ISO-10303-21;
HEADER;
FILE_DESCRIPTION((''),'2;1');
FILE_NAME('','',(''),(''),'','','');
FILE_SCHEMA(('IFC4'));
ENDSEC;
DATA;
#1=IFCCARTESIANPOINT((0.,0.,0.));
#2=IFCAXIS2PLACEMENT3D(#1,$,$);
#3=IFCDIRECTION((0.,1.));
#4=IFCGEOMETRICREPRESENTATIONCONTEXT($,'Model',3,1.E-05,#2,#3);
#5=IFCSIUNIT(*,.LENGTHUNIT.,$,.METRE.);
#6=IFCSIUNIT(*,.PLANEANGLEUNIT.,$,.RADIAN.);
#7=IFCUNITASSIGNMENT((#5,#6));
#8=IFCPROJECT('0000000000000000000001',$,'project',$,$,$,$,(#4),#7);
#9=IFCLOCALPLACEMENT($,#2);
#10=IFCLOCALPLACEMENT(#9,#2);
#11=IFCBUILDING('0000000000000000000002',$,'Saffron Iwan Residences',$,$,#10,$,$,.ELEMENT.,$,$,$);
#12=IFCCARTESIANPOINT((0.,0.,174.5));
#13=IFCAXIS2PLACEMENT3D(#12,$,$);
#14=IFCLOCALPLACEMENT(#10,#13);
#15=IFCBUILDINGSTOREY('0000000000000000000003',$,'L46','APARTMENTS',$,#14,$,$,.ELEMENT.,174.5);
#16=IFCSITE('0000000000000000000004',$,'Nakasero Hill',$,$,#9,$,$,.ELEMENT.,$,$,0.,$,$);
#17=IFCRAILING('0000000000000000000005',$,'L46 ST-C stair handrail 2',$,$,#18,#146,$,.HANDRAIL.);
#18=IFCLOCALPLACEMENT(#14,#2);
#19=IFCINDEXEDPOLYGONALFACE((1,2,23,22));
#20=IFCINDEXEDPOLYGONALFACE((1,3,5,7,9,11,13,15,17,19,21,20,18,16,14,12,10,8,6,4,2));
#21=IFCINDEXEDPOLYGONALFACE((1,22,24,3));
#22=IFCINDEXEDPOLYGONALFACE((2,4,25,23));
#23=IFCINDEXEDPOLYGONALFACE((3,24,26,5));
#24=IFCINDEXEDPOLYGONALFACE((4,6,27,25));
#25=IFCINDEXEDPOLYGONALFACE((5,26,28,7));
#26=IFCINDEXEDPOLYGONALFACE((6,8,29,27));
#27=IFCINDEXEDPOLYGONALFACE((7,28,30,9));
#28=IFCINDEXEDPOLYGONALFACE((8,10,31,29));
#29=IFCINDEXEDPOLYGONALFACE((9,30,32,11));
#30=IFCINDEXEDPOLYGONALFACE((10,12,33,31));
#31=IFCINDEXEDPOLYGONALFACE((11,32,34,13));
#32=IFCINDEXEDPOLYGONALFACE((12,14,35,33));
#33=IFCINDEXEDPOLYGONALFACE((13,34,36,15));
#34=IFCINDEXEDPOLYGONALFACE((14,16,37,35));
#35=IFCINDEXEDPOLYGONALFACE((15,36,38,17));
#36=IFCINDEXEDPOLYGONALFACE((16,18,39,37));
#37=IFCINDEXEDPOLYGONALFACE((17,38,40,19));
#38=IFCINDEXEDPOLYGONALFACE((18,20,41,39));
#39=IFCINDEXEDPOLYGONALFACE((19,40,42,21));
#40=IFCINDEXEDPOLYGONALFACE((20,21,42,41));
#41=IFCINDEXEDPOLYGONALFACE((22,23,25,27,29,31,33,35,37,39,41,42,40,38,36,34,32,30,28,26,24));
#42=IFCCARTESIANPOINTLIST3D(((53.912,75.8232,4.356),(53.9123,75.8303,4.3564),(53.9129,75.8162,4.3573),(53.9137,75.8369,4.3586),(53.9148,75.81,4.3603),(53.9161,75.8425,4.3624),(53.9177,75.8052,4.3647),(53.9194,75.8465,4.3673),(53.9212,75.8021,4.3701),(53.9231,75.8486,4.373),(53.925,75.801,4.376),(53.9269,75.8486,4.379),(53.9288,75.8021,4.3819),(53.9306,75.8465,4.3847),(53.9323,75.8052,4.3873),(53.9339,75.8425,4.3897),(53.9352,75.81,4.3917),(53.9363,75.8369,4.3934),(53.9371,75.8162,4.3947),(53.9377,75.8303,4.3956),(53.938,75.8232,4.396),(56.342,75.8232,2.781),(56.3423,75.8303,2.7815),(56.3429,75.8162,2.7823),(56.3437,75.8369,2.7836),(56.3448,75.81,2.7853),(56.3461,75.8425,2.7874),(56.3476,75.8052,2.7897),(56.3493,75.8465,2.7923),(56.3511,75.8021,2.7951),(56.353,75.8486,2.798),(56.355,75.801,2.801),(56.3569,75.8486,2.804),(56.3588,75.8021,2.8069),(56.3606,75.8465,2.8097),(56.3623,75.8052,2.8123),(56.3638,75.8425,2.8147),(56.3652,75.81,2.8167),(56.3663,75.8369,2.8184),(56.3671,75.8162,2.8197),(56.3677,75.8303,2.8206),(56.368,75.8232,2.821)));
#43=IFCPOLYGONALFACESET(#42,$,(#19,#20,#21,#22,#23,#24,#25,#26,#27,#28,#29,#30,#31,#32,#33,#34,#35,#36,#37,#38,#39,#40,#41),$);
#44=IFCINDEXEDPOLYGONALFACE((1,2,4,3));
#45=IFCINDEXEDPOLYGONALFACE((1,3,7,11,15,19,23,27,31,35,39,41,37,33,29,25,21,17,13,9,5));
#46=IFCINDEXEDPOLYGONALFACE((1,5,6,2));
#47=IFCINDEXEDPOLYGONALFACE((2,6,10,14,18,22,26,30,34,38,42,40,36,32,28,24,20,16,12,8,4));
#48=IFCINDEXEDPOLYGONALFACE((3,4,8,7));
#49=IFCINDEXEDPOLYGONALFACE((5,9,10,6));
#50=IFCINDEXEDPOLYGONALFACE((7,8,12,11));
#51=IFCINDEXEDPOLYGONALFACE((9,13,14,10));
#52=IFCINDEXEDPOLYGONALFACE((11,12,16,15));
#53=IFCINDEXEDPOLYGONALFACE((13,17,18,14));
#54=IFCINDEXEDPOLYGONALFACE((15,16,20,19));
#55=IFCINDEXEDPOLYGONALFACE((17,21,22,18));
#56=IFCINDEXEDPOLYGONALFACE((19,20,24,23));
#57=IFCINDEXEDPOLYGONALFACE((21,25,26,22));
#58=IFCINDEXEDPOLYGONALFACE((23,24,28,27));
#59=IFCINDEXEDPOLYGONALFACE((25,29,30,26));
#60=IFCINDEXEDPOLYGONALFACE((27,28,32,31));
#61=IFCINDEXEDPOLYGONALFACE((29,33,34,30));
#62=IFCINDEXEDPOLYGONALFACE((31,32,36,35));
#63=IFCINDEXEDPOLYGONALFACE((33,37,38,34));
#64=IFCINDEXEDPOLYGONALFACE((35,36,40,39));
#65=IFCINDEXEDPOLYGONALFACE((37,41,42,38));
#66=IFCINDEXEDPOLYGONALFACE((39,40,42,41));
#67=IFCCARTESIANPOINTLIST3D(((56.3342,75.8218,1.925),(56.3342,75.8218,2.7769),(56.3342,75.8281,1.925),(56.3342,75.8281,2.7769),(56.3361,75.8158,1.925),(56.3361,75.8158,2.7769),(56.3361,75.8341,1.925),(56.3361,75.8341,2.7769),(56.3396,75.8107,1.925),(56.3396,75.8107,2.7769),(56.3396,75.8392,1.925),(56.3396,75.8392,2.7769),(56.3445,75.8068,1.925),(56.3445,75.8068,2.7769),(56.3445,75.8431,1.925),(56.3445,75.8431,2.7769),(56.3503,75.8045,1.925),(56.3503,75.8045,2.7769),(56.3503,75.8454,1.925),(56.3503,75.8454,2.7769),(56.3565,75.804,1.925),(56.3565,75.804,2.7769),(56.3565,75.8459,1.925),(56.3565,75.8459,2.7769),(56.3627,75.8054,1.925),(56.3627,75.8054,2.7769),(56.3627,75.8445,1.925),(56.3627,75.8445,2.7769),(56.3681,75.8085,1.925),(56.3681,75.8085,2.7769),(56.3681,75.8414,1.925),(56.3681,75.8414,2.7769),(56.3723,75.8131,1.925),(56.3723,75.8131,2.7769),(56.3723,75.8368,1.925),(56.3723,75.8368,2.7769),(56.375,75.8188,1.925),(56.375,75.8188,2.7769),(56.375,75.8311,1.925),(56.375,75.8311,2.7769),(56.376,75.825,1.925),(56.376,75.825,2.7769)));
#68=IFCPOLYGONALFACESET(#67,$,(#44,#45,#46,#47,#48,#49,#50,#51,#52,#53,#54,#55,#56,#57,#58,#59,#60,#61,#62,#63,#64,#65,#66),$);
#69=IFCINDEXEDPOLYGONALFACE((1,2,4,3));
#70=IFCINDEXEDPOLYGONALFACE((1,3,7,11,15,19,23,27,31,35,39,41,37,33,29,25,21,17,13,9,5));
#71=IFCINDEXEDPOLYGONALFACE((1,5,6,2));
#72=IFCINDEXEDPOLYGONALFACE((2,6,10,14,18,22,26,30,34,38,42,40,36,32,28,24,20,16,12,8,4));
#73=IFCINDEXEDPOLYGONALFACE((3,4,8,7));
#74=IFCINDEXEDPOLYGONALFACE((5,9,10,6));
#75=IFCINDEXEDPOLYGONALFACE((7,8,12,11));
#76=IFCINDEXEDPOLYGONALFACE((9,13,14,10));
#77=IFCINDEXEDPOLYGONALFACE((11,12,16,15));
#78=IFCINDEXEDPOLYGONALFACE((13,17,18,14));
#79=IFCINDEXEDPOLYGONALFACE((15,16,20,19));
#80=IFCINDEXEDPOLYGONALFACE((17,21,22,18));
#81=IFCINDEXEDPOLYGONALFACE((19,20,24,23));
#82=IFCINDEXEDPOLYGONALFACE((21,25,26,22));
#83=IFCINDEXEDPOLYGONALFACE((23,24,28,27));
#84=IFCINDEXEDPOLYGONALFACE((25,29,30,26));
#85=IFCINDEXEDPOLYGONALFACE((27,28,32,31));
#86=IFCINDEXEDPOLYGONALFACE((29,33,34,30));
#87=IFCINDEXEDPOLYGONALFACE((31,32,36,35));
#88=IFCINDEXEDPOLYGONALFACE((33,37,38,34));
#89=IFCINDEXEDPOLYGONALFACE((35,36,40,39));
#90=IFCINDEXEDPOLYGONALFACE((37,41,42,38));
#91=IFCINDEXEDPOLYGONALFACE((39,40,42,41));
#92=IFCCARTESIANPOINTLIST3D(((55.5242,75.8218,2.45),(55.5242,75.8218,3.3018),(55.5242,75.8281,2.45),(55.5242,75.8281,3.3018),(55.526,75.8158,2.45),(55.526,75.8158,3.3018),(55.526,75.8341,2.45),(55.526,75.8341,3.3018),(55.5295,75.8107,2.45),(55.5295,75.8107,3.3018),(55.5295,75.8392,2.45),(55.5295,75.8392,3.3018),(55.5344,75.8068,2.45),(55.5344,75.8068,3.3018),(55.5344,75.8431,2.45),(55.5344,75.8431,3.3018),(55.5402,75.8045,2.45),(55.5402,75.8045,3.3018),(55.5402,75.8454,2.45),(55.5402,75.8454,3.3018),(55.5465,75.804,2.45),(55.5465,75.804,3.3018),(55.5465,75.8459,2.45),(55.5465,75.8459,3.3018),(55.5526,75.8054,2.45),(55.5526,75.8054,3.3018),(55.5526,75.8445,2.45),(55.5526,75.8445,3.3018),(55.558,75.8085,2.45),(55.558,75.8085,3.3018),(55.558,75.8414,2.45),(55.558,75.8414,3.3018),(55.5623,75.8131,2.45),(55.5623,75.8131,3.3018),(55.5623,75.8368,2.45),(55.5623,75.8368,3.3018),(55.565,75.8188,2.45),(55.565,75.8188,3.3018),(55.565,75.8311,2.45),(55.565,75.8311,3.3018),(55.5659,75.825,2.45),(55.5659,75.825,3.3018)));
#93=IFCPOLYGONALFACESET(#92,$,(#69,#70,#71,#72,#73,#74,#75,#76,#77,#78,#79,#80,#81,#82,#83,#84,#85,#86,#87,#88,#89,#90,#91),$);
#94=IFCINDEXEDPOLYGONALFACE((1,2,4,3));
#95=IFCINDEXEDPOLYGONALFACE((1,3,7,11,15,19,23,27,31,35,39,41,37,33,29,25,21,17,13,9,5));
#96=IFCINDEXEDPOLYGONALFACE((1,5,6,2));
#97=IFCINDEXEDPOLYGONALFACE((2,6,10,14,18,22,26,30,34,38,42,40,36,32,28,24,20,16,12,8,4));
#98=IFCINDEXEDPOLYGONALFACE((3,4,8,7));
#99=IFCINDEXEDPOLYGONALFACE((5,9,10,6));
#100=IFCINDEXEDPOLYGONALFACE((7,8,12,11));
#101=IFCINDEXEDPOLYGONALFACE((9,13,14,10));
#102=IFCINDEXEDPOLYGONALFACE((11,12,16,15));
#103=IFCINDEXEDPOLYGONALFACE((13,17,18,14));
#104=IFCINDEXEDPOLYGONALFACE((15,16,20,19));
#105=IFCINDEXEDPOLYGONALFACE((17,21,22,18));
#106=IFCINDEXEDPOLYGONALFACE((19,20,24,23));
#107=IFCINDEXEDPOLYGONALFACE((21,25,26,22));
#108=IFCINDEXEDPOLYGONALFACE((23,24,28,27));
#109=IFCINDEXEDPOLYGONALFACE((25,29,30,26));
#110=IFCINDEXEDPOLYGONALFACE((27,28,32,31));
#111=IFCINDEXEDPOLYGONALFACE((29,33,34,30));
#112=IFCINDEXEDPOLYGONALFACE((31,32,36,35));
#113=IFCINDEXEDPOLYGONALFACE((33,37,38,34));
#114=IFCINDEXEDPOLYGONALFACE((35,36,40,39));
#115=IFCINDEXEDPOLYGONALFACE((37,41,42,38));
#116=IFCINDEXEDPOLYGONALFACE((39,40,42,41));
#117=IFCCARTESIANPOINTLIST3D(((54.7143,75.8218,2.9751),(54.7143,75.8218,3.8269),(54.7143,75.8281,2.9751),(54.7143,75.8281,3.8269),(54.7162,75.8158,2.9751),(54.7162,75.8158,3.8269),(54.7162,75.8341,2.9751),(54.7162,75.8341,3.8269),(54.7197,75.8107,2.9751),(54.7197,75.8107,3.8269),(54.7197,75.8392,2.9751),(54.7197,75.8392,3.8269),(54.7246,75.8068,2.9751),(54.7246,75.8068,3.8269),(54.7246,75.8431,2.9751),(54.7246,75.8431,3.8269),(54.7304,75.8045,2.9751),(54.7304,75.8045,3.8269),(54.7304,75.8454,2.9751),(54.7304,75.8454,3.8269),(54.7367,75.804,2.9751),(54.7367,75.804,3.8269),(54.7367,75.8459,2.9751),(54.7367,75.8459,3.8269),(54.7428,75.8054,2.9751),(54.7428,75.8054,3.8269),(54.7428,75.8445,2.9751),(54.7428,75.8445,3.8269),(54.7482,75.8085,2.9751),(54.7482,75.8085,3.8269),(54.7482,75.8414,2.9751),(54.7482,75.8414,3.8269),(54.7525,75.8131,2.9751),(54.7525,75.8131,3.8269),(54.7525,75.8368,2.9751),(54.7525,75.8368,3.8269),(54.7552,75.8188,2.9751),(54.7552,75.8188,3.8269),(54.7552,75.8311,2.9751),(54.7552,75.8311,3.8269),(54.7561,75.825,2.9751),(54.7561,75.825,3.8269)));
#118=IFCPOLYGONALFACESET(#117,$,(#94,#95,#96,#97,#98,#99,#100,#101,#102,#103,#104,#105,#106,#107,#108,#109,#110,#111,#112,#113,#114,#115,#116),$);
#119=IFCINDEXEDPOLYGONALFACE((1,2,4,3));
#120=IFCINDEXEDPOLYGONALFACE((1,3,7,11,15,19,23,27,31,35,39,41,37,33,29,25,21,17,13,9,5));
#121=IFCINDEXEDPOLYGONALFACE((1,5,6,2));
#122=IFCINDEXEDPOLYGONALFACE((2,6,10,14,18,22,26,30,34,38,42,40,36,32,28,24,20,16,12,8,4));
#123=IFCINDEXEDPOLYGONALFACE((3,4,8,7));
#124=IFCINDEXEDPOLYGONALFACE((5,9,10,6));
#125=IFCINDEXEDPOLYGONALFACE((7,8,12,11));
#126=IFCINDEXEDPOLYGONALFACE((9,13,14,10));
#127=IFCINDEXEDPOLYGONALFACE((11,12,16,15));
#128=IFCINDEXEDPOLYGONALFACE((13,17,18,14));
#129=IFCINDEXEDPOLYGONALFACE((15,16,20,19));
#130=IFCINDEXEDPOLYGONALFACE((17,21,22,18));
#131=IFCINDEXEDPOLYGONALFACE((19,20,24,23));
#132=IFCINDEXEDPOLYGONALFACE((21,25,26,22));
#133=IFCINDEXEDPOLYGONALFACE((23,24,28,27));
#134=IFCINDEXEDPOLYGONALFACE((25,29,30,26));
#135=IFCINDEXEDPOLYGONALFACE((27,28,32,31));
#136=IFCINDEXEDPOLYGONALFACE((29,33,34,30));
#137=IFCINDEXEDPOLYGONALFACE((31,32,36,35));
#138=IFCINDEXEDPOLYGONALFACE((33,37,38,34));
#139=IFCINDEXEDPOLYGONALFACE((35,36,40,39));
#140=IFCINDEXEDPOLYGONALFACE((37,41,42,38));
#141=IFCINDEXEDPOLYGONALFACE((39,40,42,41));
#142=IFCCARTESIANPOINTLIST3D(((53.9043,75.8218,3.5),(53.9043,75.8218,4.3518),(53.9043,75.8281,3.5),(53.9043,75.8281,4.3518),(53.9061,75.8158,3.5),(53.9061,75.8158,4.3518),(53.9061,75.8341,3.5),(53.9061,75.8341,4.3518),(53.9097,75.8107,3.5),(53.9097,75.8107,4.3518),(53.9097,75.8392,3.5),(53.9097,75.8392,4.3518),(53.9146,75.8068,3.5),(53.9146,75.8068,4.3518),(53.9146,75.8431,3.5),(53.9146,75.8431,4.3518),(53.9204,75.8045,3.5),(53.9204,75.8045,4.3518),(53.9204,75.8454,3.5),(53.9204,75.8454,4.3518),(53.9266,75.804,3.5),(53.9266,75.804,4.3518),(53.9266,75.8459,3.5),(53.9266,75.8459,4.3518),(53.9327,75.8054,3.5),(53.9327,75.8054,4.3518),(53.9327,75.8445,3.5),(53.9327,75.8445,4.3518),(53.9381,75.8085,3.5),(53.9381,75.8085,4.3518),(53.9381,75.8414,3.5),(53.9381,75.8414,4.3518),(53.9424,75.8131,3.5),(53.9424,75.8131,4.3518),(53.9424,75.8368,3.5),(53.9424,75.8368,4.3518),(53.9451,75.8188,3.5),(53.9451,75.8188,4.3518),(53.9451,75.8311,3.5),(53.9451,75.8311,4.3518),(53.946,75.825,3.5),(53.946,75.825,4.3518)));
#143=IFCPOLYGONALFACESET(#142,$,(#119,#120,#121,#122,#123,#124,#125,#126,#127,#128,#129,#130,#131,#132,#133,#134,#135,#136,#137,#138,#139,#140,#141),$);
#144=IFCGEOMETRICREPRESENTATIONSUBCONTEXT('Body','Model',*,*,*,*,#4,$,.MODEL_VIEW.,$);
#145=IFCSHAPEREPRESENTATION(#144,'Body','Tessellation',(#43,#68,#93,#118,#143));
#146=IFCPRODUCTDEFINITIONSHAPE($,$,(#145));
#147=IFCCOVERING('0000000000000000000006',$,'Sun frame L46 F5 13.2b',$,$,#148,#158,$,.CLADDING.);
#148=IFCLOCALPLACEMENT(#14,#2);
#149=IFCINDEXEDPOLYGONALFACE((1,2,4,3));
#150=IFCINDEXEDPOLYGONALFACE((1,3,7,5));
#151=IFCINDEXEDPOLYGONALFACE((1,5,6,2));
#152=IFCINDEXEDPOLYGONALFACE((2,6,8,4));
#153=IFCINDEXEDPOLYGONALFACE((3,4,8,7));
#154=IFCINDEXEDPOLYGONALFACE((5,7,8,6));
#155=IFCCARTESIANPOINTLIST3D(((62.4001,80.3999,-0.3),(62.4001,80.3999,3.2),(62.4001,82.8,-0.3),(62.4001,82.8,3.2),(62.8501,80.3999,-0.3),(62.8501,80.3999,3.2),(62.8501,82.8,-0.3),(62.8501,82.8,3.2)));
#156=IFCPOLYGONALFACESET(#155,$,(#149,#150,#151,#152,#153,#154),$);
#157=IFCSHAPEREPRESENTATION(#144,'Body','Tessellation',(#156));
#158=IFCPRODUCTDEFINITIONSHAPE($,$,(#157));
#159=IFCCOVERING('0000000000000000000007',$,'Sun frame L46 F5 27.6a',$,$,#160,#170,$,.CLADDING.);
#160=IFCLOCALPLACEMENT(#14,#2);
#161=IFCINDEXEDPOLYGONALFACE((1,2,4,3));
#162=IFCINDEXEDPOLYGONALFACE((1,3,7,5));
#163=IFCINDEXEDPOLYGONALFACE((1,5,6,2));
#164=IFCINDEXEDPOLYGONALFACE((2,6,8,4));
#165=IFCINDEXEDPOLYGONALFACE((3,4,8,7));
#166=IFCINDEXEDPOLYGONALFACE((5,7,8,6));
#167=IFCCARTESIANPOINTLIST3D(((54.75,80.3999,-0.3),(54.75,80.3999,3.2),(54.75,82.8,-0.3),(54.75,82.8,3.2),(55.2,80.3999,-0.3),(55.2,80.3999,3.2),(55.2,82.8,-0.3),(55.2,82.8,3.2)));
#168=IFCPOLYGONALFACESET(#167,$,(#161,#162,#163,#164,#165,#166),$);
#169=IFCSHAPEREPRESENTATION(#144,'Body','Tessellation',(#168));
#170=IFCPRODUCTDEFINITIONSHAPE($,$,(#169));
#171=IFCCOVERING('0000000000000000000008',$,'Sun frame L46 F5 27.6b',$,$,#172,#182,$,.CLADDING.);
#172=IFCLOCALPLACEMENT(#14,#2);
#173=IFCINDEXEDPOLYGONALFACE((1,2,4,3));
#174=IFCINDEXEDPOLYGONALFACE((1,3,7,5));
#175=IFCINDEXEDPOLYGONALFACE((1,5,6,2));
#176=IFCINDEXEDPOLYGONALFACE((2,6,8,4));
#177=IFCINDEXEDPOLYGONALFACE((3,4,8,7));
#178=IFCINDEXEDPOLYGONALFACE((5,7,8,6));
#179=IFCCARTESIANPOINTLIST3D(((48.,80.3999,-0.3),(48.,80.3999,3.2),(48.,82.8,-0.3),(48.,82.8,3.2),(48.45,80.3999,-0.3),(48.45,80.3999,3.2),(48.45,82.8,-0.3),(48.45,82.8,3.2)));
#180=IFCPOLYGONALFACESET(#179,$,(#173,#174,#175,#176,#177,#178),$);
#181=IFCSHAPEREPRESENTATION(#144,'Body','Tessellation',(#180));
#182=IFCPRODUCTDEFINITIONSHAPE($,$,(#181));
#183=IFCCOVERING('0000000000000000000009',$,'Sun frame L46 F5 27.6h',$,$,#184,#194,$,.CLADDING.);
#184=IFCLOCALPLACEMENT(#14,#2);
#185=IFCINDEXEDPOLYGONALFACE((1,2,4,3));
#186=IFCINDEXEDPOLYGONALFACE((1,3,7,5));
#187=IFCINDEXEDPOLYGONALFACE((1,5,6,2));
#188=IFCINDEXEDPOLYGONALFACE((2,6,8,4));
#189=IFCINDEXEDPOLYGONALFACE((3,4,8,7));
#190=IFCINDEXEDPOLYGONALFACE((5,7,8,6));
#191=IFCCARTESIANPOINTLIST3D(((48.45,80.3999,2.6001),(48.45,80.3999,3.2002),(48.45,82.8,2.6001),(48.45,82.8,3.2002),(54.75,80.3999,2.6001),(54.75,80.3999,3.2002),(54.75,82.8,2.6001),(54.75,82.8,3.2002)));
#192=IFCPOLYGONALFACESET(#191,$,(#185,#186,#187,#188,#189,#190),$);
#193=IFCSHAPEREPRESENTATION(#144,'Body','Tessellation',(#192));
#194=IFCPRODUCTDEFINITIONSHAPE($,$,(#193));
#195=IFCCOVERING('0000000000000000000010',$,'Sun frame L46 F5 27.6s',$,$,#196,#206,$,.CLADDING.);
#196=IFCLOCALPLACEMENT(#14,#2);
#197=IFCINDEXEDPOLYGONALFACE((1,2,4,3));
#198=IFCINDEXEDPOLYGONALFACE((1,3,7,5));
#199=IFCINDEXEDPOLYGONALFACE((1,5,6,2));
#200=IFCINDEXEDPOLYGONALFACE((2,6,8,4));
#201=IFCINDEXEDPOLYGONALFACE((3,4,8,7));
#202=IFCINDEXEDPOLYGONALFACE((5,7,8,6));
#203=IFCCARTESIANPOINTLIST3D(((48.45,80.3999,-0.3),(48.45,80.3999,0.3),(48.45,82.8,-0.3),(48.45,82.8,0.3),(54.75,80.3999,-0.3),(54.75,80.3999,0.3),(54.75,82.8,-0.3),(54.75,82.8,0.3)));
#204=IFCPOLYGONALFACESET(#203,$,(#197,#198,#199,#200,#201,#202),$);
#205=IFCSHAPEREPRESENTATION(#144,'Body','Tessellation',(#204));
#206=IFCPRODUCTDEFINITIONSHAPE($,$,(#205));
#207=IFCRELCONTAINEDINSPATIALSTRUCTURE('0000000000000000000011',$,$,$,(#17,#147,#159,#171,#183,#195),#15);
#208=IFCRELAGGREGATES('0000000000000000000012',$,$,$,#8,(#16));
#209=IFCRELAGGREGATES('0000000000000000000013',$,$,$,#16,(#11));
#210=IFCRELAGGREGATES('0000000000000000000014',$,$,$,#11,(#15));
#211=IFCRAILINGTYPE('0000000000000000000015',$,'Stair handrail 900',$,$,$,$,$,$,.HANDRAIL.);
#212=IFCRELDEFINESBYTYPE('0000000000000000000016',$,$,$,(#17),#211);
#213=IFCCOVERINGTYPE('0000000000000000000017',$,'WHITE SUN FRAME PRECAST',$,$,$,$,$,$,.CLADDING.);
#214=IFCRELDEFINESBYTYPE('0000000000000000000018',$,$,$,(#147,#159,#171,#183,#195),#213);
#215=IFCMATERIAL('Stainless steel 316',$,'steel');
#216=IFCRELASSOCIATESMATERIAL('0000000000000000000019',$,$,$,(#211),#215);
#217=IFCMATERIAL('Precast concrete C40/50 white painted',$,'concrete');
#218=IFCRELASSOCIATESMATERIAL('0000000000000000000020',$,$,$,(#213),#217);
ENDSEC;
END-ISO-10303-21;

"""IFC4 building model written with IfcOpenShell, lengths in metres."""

from ifc_helpers import new_model, si_unit, direction, frame, origin, origin_2d, place, context, subcontext, project, spatial, polyline, circle, outline, extrude, material, type_object, element, save


model = new_model("IFC4")

# Units and contexts
model_context = context("Model", 3, precision=1e-05, world=origin(), true_north=direction((0.0, 1.0)))
body_context = subcontext(model_context, "Body", "Model", "MODEL_VIEW")
ifc_project = project(units=[si_unit("LENGTHUNIT", "METRE"), si_unit("PLANEANGLEUNIT", "RADIAN")], contexts=[model_context])

# Site, building, storey
site_placement = place(None, origin())
site = spatial("IfcSite", under=ifc_project, at=site_placement, Name="Nakasero Hill", CompositionType="ELEMENT", RefElevation=0.0)
building_placement = place(site_placement, origin())
building = spatial("IfcBuilding", under=site, at=building_placement, Name="Saffron Iwan Residences", CompositionType="ELEMENT")
storey_placement = place(building_placement, frame((0.0, 0.0, 174.5)))
storey = spatial("IfcBuildingStorey", under=building, at=storey_placement, Name="L46", Description="APARTMENTS", CompositionType="ELEMENT", Elevation=174.5)

# Railing
ifc_material_1 = material(Name="Stainless steel 316", Category="steel")
railing_type_1 = type_object("IfcRailingType", Name="Stair handrail 900", PredefinedType="HANDRAIL", material=ifc_material_1)
railing_1_placement = place(storey_placement, frame((56.355, 75.825, 1.925)))
element("IfcRailing", 1, at=railing_1_placement, inside=storey, type_object=railing_type_1, Name="L46 ST-C stair handrail 2", PredefinedType="HANDRAIL", context=body_context, shape_type="SweptSolid", body=[
    extrude(circle(Radius=0.0239, at=origin_2d()), frame((0.0, 0.0, 0.876), z_axis=(-0.839154, 0.0, 0.543894), x_axis=(0.0, -1.0, 0.0)), (0.0, 0.0, 1.0), 2.8958),
    extrude(circle(Radius=0.021, at=origin_2d()), origin(), (0.0, 0.0, 1.0), 0.8518),
    extrude(circle(Radius=0.021, at=origin_2d()), frame((-0.8101, 0.0, 0.5249)), (0.0, 0.0, 1.0), 0.8518),
    extrude(circle(Radius=0.021, at=origin_2d()), frame((-1.6199, 0.0, 1.05)), (0.0, 0.0, 1.0), 0.8518),
    extrude(circle(Radius=0.021, at=origin_2d()), frame((-2.4299, 0.0, 1.575)), (0.0, 0.0, 1.0), 0.8518),
])

# Coverings
ifc_material_2 = material(Name="Precast concrete C40/50 white painted", Category="concrete")
covering_type_1 = type_object("IfcCoveringType", Name="WHITE SUN FRAME PRECAST", PredefinedType="CLADDING", material=ifc_material_2)
for number, where, z_axis, x_axis, name in (
    (2, (62.8501, 80.3999, -0.3), (0.0, 1.0, 0.0), (-1.0, 0.0, 0.0), "Sun frame L46 F5 13.2b"),
    (3, (55.2, 80.3999, -0.3), (0.0, 1.0, 0.0), (-1.0, 0.0, 0.0), "Sun frame L46 F5 27.6a"),
    (4, (48.45, 80.3999, -0.3), (0.0, 1.0, 0.0), (-1.0, 0.0, 0.0), "Sun frame L46 F5 27.6b"),
):
    element("IfcCovering", number, at=place(storey_placement, frame(where, z_axis=z_axis, x_axis=x_axis)), inside=storey, type_object=covering_type_1, Name=name, PredefinedType="CLADDING", context=body_context, shape_type="SweptSolid", body=[
        extrude(outline(polyline([(0.0, 0.0), (0.45, 0.0), (0.45, 3.5), (0.0, 3.5), (0.0, 0.0)])), origin(), (0.0, 0.0, 1.0), 2.4001),
    ])
for number, where, z_axis, x_axis, name in (
    (5, (54.75, 80.3999, 2.6001), (0.0, 1.0, 0.0), (-1.0, 0.0, 0.0), "Sun frame L46 F5 27.6h"),
    (6, (54.75, 80.3999, -0.3), (0.0, 1.0, 0.0), (-1.0, 0.0, 0.0), "Sun frame L46 F5 27.6s"),
):
    element("IfcCovering", number, at=place(storey_placement, frame(where, z_axis=z_axis, x_axis=x_axis)), inside=storey, type_object=covering_type_1, Name=name, PredefinedType="CLADDING", context=body_context, shape_type="SweptSolid", body=[
        extrude(outline(polyline([(0.0, 0.0), (6.3, 0.0), (6.3, 0.6001), (0.0, 0.6001), (0.0, 0.0)])), origin(), (0.0, 0.0, 1.0), 2.4001),
    ])

save(model, "model.ifc")
